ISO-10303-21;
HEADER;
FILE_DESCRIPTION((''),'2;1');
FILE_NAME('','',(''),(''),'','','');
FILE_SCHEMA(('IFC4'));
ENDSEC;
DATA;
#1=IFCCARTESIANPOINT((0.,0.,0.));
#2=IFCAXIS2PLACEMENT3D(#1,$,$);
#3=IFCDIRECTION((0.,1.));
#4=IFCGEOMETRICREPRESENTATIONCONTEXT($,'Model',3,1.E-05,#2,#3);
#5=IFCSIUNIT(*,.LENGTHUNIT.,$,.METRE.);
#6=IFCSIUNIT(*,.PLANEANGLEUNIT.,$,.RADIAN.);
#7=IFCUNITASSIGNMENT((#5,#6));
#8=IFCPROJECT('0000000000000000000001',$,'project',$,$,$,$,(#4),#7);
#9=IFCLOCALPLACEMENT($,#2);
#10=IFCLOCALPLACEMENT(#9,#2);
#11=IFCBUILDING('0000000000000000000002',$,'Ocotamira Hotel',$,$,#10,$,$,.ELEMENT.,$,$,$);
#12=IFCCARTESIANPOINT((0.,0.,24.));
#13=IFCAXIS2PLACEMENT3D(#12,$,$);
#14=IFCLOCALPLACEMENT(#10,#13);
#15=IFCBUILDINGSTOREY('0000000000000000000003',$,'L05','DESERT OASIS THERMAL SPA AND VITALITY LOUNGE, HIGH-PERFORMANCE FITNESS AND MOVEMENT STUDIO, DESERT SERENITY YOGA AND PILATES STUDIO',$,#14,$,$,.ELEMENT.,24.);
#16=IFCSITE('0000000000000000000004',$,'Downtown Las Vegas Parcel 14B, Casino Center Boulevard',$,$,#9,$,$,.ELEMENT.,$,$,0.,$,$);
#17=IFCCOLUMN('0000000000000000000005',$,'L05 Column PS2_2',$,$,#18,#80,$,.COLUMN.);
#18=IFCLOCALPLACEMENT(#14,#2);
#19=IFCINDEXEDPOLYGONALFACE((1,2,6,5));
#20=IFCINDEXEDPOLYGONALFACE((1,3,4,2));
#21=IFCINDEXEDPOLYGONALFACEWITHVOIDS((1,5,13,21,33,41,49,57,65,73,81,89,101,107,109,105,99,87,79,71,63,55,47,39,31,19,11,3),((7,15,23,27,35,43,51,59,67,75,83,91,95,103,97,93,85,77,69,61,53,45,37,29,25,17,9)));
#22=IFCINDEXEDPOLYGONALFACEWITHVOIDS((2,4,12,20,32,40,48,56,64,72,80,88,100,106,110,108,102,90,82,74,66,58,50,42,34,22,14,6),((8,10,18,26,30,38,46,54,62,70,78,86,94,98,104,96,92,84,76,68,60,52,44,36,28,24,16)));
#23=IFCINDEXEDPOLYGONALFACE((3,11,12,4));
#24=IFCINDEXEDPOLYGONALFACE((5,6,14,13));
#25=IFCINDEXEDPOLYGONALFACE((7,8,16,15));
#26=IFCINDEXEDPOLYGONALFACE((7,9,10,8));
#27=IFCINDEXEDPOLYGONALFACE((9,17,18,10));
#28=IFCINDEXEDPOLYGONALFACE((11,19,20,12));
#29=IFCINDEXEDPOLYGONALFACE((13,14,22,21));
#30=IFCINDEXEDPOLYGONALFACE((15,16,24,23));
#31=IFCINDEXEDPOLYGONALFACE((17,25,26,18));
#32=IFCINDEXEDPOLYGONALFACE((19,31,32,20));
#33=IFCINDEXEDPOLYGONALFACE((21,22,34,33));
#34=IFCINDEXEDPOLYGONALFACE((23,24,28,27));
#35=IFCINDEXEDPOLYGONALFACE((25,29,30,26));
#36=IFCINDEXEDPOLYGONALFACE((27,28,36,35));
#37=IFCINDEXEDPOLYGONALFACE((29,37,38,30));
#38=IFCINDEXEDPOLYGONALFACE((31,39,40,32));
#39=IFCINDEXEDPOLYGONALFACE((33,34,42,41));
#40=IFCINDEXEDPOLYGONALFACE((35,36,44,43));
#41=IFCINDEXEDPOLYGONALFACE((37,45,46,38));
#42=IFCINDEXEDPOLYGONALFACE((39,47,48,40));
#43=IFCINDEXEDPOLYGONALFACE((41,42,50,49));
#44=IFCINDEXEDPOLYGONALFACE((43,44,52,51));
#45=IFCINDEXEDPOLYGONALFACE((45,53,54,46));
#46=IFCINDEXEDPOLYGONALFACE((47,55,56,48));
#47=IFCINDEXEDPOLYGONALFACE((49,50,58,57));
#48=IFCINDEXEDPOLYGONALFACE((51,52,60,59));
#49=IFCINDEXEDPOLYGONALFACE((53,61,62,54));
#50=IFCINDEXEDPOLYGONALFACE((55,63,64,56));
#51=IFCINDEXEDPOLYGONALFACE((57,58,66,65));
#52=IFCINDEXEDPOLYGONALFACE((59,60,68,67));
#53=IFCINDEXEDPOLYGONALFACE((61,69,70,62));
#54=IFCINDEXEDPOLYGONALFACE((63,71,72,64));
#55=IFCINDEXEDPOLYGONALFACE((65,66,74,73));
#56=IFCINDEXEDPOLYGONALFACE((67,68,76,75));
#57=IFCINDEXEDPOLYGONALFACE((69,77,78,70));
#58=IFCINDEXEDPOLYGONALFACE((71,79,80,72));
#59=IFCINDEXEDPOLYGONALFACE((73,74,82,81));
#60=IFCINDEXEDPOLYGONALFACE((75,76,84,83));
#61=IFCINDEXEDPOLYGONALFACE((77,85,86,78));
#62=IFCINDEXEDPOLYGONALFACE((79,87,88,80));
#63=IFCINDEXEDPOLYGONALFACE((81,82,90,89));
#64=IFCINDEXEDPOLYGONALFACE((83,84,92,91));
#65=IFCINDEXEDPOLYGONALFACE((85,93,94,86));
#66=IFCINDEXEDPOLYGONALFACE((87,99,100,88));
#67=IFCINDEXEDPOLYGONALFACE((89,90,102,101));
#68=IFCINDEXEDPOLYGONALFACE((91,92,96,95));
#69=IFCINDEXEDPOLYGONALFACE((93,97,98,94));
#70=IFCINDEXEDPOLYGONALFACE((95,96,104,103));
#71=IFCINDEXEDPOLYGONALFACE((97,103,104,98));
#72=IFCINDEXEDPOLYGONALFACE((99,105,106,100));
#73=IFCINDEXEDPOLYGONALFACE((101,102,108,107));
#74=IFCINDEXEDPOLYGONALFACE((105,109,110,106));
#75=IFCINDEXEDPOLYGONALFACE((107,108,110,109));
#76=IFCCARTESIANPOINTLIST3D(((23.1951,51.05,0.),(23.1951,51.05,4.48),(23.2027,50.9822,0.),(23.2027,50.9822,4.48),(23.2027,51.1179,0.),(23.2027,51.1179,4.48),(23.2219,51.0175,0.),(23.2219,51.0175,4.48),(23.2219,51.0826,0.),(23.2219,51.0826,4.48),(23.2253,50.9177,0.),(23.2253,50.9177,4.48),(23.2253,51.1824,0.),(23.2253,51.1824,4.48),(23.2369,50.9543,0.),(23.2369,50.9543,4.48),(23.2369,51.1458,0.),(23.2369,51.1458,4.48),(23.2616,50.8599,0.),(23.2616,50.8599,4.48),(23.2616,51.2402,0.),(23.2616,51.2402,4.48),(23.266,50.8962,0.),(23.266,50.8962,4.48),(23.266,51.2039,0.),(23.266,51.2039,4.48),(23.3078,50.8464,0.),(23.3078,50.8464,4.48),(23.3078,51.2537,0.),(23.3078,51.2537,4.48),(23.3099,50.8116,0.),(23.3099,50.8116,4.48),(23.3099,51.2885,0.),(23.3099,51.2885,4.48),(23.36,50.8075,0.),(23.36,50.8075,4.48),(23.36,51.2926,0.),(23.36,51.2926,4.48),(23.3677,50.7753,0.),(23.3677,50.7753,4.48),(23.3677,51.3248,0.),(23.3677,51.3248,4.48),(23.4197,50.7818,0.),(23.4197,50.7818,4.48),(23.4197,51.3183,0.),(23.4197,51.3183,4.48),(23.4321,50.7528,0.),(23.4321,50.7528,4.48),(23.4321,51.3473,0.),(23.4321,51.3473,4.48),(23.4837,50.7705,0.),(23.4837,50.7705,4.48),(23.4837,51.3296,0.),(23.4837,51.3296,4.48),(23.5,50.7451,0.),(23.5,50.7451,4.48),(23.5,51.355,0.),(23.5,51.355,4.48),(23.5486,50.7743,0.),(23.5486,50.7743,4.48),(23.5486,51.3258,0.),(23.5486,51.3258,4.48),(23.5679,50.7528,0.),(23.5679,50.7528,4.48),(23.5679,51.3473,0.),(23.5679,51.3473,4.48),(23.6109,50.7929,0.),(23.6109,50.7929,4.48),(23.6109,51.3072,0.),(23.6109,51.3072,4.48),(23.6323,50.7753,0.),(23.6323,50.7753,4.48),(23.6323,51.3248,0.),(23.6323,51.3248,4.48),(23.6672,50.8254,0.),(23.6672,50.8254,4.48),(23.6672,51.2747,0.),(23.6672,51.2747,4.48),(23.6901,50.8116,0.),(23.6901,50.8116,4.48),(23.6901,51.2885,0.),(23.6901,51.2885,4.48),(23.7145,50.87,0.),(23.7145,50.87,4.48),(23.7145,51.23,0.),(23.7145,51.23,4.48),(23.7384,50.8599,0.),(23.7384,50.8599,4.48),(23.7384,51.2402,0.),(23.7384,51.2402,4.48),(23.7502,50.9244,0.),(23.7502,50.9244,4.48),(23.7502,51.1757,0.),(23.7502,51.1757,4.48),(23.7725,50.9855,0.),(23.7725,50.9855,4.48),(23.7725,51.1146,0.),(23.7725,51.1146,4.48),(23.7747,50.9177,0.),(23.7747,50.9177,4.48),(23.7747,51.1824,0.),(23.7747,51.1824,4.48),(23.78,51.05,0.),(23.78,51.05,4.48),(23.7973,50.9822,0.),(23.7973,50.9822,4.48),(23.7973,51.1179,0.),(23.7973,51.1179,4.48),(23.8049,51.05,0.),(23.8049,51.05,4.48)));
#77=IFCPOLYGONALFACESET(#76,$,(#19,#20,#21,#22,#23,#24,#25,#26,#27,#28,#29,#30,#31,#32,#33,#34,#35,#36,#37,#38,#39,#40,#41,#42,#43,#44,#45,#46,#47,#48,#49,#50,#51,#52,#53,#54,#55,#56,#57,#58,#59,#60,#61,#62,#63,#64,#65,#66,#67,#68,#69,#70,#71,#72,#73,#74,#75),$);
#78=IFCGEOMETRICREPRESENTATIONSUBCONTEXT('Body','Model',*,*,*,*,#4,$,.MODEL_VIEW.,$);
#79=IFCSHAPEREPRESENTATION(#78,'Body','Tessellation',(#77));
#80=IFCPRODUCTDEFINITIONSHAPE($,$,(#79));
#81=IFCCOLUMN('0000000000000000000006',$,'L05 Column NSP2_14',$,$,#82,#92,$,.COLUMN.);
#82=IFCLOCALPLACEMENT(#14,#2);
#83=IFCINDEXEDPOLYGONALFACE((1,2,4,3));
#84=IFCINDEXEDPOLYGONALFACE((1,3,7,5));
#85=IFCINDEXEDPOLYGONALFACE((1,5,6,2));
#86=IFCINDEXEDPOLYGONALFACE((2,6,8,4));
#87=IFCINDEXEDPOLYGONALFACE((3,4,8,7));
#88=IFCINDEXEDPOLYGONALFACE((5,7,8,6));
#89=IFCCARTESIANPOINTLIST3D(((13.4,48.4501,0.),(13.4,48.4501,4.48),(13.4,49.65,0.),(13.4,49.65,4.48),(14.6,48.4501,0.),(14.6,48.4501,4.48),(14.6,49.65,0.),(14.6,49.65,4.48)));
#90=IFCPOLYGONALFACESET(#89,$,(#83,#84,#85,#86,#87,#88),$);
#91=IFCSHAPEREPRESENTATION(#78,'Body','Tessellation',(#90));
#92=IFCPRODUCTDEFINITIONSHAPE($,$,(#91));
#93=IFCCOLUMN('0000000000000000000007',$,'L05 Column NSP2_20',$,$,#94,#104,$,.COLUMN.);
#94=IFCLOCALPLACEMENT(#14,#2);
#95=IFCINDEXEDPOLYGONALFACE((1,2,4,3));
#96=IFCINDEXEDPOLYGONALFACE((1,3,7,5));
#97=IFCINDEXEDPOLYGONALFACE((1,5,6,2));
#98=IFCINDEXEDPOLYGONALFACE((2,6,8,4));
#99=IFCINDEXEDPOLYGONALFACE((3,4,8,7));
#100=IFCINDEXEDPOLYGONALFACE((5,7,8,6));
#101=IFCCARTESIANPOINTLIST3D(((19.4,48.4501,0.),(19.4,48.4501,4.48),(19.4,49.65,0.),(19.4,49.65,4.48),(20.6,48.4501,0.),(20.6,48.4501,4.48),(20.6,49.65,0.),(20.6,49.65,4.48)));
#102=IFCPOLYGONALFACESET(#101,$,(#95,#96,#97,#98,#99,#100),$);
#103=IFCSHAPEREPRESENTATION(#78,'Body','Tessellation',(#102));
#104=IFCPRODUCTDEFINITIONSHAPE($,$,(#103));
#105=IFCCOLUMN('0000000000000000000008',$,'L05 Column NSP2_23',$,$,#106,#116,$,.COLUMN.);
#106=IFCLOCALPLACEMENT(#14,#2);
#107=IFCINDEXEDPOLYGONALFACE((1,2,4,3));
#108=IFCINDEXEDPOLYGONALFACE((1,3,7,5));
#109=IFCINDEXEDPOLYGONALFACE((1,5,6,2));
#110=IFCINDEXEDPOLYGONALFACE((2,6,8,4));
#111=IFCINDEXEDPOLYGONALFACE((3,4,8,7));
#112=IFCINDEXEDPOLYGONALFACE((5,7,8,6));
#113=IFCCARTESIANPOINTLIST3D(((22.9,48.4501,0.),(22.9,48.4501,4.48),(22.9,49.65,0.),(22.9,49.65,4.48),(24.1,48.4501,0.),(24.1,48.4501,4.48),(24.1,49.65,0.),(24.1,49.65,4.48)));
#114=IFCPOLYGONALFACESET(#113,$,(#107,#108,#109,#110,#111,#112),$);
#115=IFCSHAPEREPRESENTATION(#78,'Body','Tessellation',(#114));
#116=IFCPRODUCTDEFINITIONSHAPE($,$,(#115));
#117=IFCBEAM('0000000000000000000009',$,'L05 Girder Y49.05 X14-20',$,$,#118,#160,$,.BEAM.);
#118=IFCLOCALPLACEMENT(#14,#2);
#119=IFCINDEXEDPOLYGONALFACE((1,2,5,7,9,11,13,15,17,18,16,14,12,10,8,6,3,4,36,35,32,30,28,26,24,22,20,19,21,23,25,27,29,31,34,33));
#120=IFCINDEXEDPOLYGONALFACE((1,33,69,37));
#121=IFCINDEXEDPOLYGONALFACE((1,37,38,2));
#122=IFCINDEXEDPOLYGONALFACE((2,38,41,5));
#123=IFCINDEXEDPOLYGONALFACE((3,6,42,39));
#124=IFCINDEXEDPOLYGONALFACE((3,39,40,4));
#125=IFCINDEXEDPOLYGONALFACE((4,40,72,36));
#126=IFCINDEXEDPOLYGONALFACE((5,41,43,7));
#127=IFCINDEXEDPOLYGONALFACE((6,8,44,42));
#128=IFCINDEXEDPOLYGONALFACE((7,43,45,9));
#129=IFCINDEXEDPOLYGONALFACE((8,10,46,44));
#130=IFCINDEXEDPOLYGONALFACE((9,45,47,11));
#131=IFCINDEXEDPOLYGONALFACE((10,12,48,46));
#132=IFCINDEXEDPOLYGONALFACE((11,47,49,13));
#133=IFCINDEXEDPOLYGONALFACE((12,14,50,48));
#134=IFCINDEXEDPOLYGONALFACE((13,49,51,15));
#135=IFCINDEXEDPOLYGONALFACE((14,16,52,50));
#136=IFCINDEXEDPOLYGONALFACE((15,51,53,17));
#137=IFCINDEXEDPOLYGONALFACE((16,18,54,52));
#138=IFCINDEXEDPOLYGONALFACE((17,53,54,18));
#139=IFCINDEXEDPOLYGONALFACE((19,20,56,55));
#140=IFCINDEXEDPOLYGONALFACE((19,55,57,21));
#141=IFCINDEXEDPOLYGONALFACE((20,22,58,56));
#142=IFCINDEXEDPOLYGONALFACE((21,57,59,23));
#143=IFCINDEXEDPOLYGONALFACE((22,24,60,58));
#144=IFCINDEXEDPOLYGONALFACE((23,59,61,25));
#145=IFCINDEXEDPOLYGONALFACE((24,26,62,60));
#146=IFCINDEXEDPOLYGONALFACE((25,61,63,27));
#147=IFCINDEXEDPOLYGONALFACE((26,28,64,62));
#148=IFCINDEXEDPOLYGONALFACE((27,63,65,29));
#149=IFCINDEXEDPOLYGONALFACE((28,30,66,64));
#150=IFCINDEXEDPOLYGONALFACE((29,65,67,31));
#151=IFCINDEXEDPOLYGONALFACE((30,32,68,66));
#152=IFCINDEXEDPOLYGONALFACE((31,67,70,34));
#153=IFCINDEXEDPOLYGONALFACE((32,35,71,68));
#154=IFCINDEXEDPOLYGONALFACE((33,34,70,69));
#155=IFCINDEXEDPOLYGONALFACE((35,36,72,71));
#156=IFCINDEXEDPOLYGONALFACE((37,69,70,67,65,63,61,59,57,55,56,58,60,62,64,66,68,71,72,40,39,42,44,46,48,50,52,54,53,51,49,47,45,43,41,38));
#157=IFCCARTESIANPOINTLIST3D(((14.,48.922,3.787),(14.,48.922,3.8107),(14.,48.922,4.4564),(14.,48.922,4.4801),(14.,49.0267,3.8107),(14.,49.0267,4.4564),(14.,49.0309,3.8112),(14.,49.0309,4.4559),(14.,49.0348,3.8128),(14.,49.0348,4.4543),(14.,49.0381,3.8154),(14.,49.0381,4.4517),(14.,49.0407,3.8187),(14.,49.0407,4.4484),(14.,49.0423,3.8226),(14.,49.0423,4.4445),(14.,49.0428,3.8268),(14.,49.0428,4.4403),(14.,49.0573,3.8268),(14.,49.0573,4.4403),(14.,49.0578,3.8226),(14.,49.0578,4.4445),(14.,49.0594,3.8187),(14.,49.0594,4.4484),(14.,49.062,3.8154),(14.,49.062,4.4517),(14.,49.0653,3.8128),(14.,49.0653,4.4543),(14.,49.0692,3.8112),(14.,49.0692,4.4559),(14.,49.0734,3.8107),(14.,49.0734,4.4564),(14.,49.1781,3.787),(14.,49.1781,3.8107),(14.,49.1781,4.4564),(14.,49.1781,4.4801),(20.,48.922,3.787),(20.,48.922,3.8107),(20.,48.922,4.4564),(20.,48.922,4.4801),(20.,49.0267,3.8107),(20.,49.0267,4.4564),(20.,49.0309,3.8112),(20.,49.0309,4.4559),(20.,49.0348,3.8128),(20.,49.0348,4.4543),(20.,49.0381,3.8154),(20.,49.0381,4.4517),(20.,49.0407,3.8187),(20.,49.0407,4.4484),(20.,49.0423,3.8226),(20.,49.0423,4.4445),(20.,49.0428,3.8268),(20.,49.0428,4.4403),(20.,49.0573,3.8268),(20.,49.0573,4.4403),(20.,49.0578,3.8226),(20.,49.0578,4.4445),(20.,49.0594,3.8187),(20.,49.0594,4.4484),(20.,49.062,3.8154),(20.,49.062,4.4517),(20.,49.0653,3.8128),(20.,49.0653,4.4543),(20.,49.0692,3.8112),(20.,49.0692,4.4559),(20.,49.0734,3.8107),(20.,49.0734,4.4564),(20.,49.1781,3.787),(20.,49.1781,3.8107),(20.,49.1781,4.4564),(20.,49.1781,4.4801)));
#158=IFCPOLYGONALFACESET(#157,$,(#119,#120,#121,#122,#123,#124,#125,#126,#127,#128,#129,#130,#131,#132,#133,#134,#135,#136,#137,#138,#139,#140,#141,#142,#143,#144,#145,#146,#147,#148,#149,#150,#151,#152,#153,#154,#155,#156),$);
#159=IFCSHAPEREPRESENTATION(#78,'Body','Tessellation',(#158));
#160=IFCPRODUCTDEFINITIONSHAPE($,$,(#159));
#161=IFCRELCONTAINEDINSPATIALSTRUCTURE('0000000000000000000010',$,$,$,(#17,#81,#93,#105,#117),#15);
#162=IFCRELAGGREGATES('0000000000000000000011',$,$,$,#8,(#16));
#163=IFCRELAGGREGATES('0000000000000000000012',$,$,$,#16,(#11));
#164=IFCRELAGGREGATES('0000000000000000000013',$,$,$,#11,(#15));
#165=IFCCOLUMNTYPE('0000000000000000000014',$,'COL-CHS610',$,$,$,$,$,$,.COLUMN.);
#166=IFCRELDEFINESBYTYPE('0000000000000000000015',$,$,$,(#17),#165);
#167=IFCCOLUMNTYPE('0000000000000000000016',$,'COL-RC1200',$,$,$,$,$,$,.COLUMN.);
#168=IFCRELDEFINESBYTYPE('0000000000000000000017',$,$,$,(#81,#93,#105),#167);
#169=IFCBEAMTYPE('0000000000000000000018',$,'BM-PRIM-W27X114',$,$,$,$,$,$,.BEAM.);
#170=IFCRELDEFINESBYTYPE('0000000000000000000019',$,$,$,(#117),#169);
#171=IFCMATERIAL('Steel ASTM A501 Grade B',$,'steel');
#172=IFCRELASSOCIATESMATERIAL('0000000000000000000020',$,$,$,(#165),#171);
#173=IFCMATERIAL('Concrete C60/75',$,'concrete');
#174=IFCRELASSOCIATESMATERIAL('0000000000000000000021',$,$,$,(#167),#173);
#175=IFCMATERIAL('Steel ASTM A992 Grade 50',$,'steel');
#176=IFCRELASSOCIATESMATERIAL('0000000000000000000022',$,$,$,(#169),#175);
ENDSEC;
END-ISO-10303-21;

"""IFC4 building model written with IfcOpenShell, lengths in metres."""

from ifc_helpers import new_model, si_unit, direction, frame, origin, origin_2d, place, context, subcontext, project, spatial, rectangle, hollow_circle, i_section, extrude, source, transform, mapped, material, material_profile, profile_set, type_object, element, save


model = new_model("IFC4")

# Units and contexts
model_context = context("Model", 3, precision=1e-05, world=origin(), true_north=direction((0.0, 1.0)))
body_context = subcontext(model_context, "Body", "Model", "MODEL_VIEW")
ifc_project = project(units=[si_unit("LENGTHUNIT", "METRE"), si_unit("PLANEANGLEUNIT", "RADIAN")], contexts=[model_context])

# Site, building, storey
site_placement = place(None, origin())
site = spatial("IfcSite", under=ifc_project, at=site_placement, Name="Downtown Las Vegas Parcel 14B, Casino Center Boulevard", CompositionType="ELEMENT", RefElevation=0.0)
building_placement = place(site_placement, origin())
building = spatial("IfcBuilding", under=site, at=building_placement, Name="Ocotamira Hotel", CompositionType="ELEMENT")
storey_placement = place(building_placement, frame((0.0, 0.0, 24.0)))
storey = spatial("IfcBuildingStorey", under=building, at=storey_placement, Name="L05", Description="DESERT OASIS THERMAL SPA AND VITALITY LOUNGE, HIGH-PERFORMANCE FITNESS AND MOVEMENT STUDIO, DESERT SERENITY YOGA AND PILATES STUDIO", CompositionType="ELEMENT", Elevation=24.0)

# Columns
ifc_material_1 = material(Name="Steel ASTM A501 Grade B", Category="steel")
ifc_material_profile_1 = material_profile(ifc_material_1, hollow_circle(Radius=0.3049, WallThickness=0.0249, at=origin_2d()), Name="CHS610X25")
ifc_profile_set_1 = profile_set([ifc_material_profile_1], Name="Steel ASTM A501 Grade B")
column_type_1 = type_object("IfcColumnType", Name="COL-CHS610", PredefinedType="COLUMN", material=ifc_profile_set_1)
shared_shape_1 = source(origin(), body_context, "Body", "SweptSolid", [
    extrude(hollow_circle(Radius=0.3049, WallThickness=0.0249, at=origin_2d()), origin(), (0.0, 0.0, 1.0), 4.48),
])
column_placement = place(storey_placement, frame((23.5, 51.05, 0.0), z_axis=(0.0, 0.0, 1.0), x_axis=(1.0, 0.0, 0.0)))
element("IfcColumn", 1, at=column_placement, inside=storey, type_object=column_type_1, Name="L05 Column PS2_2", PredefinedType="COLUMN", context=body_context, shape_type="MappedRepresentation", body=[
    mapped(shared_shape_1, transform((0.0, 0.0, 0.0), scale=1.0)),
])
ifc_material_2 = material(Name="Concrete C60/75", Category="concrete")
ifc_material_profile_2 = material_profile(ifc_material_2, rectangle(XDim=1.2, YDim=1.2, at=origin_2d()), Name="RC1200X1200")
ifc_profile_set_2 = profile_set([ifc_material_profile_2], Name="Concrete C60/75")
column_type_2 = type_object("IfcColumnType", Name="COL-RC1200", PredefinedType="COLUMN", material=ifc_profile_set_2)
shared_shape_2 = source(origin(), body_context, "Body", "SweptSolid", [
    extrude(rectangle(XDim=1.2, YDim=1.2, at=origin_2d()), origin(), (0.0, 0.0, 1.0), 4.48),
])
for number, where, z_axis, x_axis, name in (
    (2, (14.0, 49.05, 0.0), (0.0, 0.0, 1.0), (1.0, 0.0, 0.0), "L05 Column NSP2_14"),
    (3, (20.0, 49.05, 0.0), (0.0, 0.0, 1.0), (1.0, 0.0, 0.0), "L05 Column NSP2_20"),
    (4, (23.5, 49.05, 0.0), (0.0, 0.0, 1.0), (1.0, 0.0, 0.0), "L05 Column NSP2_23"),
):
    element("IfcColumn", number, at=place(storey_placement, frame(where, z_axis=z_axis, x_axis=x_axis)), inside=storey, type_object=column_type_2, Name=name, PredefinedType="COLUMN", context=body_context, shape_type="MappedRepresentation", body=[
        mapped(shared_shape_2, transform((0.0, 0.0, 0.0), scale=1.0)),
    ])

# Beam
ifc_material_3 = material(Name="Steel ASTM A992 Grade 50", Category="steel")
ifc_material_profile_3 = material_profile(ifc_material_3, i_section(OverallWidth=0.2561, OverallDepth=0.6931, WebThickness=0.0144, FlangeThickness=0.0237, FilletRadius=0.0161, at=origin_2d()), Name="W27X114")
ifc_profile_set_3 = profile_set([ifc_material_profile_3], Name="Steel ASTM A992 Grade 50")
beam_type_1 = type_object("IfcBeamType", Name="BM-PRIM-W27X114", PredefinedType="BEAM", material=ifc_profile_set_3)
shared_shape_3 = source(origin(), body_context, "Body", "SweptSolid", [
    extrude(i_section(OverallWidth=0.2561, OverallDepth=0.6931, WebThickness=0.0144, FlangeThickness=0.0237, FilletRadius=0.0161, at=origin_2d()), origin(), (0.0, 0.0, 1.0), 6.0),
])
beam_1_placement = place(storey_placement, frame((14.0, 49.05, 4.1335), z_axis=(1.0, 0.0, 0.0), x_axis=(0.0, 1.0, 0.0)))
element("IfcBeam", 5, at=beam_1_placement, inside=storey, type_object=beam_type_1, Name="L05 Girder Y49.05 X14-20", PredefinedType="BEAM", context=body_context, shape_type="MappedRepresentation", body=[
    mapped(shared_shape_3, transform((0.0, 0.0, 0.0), scale=1.0)),
])

save(model, "model.ifc")
